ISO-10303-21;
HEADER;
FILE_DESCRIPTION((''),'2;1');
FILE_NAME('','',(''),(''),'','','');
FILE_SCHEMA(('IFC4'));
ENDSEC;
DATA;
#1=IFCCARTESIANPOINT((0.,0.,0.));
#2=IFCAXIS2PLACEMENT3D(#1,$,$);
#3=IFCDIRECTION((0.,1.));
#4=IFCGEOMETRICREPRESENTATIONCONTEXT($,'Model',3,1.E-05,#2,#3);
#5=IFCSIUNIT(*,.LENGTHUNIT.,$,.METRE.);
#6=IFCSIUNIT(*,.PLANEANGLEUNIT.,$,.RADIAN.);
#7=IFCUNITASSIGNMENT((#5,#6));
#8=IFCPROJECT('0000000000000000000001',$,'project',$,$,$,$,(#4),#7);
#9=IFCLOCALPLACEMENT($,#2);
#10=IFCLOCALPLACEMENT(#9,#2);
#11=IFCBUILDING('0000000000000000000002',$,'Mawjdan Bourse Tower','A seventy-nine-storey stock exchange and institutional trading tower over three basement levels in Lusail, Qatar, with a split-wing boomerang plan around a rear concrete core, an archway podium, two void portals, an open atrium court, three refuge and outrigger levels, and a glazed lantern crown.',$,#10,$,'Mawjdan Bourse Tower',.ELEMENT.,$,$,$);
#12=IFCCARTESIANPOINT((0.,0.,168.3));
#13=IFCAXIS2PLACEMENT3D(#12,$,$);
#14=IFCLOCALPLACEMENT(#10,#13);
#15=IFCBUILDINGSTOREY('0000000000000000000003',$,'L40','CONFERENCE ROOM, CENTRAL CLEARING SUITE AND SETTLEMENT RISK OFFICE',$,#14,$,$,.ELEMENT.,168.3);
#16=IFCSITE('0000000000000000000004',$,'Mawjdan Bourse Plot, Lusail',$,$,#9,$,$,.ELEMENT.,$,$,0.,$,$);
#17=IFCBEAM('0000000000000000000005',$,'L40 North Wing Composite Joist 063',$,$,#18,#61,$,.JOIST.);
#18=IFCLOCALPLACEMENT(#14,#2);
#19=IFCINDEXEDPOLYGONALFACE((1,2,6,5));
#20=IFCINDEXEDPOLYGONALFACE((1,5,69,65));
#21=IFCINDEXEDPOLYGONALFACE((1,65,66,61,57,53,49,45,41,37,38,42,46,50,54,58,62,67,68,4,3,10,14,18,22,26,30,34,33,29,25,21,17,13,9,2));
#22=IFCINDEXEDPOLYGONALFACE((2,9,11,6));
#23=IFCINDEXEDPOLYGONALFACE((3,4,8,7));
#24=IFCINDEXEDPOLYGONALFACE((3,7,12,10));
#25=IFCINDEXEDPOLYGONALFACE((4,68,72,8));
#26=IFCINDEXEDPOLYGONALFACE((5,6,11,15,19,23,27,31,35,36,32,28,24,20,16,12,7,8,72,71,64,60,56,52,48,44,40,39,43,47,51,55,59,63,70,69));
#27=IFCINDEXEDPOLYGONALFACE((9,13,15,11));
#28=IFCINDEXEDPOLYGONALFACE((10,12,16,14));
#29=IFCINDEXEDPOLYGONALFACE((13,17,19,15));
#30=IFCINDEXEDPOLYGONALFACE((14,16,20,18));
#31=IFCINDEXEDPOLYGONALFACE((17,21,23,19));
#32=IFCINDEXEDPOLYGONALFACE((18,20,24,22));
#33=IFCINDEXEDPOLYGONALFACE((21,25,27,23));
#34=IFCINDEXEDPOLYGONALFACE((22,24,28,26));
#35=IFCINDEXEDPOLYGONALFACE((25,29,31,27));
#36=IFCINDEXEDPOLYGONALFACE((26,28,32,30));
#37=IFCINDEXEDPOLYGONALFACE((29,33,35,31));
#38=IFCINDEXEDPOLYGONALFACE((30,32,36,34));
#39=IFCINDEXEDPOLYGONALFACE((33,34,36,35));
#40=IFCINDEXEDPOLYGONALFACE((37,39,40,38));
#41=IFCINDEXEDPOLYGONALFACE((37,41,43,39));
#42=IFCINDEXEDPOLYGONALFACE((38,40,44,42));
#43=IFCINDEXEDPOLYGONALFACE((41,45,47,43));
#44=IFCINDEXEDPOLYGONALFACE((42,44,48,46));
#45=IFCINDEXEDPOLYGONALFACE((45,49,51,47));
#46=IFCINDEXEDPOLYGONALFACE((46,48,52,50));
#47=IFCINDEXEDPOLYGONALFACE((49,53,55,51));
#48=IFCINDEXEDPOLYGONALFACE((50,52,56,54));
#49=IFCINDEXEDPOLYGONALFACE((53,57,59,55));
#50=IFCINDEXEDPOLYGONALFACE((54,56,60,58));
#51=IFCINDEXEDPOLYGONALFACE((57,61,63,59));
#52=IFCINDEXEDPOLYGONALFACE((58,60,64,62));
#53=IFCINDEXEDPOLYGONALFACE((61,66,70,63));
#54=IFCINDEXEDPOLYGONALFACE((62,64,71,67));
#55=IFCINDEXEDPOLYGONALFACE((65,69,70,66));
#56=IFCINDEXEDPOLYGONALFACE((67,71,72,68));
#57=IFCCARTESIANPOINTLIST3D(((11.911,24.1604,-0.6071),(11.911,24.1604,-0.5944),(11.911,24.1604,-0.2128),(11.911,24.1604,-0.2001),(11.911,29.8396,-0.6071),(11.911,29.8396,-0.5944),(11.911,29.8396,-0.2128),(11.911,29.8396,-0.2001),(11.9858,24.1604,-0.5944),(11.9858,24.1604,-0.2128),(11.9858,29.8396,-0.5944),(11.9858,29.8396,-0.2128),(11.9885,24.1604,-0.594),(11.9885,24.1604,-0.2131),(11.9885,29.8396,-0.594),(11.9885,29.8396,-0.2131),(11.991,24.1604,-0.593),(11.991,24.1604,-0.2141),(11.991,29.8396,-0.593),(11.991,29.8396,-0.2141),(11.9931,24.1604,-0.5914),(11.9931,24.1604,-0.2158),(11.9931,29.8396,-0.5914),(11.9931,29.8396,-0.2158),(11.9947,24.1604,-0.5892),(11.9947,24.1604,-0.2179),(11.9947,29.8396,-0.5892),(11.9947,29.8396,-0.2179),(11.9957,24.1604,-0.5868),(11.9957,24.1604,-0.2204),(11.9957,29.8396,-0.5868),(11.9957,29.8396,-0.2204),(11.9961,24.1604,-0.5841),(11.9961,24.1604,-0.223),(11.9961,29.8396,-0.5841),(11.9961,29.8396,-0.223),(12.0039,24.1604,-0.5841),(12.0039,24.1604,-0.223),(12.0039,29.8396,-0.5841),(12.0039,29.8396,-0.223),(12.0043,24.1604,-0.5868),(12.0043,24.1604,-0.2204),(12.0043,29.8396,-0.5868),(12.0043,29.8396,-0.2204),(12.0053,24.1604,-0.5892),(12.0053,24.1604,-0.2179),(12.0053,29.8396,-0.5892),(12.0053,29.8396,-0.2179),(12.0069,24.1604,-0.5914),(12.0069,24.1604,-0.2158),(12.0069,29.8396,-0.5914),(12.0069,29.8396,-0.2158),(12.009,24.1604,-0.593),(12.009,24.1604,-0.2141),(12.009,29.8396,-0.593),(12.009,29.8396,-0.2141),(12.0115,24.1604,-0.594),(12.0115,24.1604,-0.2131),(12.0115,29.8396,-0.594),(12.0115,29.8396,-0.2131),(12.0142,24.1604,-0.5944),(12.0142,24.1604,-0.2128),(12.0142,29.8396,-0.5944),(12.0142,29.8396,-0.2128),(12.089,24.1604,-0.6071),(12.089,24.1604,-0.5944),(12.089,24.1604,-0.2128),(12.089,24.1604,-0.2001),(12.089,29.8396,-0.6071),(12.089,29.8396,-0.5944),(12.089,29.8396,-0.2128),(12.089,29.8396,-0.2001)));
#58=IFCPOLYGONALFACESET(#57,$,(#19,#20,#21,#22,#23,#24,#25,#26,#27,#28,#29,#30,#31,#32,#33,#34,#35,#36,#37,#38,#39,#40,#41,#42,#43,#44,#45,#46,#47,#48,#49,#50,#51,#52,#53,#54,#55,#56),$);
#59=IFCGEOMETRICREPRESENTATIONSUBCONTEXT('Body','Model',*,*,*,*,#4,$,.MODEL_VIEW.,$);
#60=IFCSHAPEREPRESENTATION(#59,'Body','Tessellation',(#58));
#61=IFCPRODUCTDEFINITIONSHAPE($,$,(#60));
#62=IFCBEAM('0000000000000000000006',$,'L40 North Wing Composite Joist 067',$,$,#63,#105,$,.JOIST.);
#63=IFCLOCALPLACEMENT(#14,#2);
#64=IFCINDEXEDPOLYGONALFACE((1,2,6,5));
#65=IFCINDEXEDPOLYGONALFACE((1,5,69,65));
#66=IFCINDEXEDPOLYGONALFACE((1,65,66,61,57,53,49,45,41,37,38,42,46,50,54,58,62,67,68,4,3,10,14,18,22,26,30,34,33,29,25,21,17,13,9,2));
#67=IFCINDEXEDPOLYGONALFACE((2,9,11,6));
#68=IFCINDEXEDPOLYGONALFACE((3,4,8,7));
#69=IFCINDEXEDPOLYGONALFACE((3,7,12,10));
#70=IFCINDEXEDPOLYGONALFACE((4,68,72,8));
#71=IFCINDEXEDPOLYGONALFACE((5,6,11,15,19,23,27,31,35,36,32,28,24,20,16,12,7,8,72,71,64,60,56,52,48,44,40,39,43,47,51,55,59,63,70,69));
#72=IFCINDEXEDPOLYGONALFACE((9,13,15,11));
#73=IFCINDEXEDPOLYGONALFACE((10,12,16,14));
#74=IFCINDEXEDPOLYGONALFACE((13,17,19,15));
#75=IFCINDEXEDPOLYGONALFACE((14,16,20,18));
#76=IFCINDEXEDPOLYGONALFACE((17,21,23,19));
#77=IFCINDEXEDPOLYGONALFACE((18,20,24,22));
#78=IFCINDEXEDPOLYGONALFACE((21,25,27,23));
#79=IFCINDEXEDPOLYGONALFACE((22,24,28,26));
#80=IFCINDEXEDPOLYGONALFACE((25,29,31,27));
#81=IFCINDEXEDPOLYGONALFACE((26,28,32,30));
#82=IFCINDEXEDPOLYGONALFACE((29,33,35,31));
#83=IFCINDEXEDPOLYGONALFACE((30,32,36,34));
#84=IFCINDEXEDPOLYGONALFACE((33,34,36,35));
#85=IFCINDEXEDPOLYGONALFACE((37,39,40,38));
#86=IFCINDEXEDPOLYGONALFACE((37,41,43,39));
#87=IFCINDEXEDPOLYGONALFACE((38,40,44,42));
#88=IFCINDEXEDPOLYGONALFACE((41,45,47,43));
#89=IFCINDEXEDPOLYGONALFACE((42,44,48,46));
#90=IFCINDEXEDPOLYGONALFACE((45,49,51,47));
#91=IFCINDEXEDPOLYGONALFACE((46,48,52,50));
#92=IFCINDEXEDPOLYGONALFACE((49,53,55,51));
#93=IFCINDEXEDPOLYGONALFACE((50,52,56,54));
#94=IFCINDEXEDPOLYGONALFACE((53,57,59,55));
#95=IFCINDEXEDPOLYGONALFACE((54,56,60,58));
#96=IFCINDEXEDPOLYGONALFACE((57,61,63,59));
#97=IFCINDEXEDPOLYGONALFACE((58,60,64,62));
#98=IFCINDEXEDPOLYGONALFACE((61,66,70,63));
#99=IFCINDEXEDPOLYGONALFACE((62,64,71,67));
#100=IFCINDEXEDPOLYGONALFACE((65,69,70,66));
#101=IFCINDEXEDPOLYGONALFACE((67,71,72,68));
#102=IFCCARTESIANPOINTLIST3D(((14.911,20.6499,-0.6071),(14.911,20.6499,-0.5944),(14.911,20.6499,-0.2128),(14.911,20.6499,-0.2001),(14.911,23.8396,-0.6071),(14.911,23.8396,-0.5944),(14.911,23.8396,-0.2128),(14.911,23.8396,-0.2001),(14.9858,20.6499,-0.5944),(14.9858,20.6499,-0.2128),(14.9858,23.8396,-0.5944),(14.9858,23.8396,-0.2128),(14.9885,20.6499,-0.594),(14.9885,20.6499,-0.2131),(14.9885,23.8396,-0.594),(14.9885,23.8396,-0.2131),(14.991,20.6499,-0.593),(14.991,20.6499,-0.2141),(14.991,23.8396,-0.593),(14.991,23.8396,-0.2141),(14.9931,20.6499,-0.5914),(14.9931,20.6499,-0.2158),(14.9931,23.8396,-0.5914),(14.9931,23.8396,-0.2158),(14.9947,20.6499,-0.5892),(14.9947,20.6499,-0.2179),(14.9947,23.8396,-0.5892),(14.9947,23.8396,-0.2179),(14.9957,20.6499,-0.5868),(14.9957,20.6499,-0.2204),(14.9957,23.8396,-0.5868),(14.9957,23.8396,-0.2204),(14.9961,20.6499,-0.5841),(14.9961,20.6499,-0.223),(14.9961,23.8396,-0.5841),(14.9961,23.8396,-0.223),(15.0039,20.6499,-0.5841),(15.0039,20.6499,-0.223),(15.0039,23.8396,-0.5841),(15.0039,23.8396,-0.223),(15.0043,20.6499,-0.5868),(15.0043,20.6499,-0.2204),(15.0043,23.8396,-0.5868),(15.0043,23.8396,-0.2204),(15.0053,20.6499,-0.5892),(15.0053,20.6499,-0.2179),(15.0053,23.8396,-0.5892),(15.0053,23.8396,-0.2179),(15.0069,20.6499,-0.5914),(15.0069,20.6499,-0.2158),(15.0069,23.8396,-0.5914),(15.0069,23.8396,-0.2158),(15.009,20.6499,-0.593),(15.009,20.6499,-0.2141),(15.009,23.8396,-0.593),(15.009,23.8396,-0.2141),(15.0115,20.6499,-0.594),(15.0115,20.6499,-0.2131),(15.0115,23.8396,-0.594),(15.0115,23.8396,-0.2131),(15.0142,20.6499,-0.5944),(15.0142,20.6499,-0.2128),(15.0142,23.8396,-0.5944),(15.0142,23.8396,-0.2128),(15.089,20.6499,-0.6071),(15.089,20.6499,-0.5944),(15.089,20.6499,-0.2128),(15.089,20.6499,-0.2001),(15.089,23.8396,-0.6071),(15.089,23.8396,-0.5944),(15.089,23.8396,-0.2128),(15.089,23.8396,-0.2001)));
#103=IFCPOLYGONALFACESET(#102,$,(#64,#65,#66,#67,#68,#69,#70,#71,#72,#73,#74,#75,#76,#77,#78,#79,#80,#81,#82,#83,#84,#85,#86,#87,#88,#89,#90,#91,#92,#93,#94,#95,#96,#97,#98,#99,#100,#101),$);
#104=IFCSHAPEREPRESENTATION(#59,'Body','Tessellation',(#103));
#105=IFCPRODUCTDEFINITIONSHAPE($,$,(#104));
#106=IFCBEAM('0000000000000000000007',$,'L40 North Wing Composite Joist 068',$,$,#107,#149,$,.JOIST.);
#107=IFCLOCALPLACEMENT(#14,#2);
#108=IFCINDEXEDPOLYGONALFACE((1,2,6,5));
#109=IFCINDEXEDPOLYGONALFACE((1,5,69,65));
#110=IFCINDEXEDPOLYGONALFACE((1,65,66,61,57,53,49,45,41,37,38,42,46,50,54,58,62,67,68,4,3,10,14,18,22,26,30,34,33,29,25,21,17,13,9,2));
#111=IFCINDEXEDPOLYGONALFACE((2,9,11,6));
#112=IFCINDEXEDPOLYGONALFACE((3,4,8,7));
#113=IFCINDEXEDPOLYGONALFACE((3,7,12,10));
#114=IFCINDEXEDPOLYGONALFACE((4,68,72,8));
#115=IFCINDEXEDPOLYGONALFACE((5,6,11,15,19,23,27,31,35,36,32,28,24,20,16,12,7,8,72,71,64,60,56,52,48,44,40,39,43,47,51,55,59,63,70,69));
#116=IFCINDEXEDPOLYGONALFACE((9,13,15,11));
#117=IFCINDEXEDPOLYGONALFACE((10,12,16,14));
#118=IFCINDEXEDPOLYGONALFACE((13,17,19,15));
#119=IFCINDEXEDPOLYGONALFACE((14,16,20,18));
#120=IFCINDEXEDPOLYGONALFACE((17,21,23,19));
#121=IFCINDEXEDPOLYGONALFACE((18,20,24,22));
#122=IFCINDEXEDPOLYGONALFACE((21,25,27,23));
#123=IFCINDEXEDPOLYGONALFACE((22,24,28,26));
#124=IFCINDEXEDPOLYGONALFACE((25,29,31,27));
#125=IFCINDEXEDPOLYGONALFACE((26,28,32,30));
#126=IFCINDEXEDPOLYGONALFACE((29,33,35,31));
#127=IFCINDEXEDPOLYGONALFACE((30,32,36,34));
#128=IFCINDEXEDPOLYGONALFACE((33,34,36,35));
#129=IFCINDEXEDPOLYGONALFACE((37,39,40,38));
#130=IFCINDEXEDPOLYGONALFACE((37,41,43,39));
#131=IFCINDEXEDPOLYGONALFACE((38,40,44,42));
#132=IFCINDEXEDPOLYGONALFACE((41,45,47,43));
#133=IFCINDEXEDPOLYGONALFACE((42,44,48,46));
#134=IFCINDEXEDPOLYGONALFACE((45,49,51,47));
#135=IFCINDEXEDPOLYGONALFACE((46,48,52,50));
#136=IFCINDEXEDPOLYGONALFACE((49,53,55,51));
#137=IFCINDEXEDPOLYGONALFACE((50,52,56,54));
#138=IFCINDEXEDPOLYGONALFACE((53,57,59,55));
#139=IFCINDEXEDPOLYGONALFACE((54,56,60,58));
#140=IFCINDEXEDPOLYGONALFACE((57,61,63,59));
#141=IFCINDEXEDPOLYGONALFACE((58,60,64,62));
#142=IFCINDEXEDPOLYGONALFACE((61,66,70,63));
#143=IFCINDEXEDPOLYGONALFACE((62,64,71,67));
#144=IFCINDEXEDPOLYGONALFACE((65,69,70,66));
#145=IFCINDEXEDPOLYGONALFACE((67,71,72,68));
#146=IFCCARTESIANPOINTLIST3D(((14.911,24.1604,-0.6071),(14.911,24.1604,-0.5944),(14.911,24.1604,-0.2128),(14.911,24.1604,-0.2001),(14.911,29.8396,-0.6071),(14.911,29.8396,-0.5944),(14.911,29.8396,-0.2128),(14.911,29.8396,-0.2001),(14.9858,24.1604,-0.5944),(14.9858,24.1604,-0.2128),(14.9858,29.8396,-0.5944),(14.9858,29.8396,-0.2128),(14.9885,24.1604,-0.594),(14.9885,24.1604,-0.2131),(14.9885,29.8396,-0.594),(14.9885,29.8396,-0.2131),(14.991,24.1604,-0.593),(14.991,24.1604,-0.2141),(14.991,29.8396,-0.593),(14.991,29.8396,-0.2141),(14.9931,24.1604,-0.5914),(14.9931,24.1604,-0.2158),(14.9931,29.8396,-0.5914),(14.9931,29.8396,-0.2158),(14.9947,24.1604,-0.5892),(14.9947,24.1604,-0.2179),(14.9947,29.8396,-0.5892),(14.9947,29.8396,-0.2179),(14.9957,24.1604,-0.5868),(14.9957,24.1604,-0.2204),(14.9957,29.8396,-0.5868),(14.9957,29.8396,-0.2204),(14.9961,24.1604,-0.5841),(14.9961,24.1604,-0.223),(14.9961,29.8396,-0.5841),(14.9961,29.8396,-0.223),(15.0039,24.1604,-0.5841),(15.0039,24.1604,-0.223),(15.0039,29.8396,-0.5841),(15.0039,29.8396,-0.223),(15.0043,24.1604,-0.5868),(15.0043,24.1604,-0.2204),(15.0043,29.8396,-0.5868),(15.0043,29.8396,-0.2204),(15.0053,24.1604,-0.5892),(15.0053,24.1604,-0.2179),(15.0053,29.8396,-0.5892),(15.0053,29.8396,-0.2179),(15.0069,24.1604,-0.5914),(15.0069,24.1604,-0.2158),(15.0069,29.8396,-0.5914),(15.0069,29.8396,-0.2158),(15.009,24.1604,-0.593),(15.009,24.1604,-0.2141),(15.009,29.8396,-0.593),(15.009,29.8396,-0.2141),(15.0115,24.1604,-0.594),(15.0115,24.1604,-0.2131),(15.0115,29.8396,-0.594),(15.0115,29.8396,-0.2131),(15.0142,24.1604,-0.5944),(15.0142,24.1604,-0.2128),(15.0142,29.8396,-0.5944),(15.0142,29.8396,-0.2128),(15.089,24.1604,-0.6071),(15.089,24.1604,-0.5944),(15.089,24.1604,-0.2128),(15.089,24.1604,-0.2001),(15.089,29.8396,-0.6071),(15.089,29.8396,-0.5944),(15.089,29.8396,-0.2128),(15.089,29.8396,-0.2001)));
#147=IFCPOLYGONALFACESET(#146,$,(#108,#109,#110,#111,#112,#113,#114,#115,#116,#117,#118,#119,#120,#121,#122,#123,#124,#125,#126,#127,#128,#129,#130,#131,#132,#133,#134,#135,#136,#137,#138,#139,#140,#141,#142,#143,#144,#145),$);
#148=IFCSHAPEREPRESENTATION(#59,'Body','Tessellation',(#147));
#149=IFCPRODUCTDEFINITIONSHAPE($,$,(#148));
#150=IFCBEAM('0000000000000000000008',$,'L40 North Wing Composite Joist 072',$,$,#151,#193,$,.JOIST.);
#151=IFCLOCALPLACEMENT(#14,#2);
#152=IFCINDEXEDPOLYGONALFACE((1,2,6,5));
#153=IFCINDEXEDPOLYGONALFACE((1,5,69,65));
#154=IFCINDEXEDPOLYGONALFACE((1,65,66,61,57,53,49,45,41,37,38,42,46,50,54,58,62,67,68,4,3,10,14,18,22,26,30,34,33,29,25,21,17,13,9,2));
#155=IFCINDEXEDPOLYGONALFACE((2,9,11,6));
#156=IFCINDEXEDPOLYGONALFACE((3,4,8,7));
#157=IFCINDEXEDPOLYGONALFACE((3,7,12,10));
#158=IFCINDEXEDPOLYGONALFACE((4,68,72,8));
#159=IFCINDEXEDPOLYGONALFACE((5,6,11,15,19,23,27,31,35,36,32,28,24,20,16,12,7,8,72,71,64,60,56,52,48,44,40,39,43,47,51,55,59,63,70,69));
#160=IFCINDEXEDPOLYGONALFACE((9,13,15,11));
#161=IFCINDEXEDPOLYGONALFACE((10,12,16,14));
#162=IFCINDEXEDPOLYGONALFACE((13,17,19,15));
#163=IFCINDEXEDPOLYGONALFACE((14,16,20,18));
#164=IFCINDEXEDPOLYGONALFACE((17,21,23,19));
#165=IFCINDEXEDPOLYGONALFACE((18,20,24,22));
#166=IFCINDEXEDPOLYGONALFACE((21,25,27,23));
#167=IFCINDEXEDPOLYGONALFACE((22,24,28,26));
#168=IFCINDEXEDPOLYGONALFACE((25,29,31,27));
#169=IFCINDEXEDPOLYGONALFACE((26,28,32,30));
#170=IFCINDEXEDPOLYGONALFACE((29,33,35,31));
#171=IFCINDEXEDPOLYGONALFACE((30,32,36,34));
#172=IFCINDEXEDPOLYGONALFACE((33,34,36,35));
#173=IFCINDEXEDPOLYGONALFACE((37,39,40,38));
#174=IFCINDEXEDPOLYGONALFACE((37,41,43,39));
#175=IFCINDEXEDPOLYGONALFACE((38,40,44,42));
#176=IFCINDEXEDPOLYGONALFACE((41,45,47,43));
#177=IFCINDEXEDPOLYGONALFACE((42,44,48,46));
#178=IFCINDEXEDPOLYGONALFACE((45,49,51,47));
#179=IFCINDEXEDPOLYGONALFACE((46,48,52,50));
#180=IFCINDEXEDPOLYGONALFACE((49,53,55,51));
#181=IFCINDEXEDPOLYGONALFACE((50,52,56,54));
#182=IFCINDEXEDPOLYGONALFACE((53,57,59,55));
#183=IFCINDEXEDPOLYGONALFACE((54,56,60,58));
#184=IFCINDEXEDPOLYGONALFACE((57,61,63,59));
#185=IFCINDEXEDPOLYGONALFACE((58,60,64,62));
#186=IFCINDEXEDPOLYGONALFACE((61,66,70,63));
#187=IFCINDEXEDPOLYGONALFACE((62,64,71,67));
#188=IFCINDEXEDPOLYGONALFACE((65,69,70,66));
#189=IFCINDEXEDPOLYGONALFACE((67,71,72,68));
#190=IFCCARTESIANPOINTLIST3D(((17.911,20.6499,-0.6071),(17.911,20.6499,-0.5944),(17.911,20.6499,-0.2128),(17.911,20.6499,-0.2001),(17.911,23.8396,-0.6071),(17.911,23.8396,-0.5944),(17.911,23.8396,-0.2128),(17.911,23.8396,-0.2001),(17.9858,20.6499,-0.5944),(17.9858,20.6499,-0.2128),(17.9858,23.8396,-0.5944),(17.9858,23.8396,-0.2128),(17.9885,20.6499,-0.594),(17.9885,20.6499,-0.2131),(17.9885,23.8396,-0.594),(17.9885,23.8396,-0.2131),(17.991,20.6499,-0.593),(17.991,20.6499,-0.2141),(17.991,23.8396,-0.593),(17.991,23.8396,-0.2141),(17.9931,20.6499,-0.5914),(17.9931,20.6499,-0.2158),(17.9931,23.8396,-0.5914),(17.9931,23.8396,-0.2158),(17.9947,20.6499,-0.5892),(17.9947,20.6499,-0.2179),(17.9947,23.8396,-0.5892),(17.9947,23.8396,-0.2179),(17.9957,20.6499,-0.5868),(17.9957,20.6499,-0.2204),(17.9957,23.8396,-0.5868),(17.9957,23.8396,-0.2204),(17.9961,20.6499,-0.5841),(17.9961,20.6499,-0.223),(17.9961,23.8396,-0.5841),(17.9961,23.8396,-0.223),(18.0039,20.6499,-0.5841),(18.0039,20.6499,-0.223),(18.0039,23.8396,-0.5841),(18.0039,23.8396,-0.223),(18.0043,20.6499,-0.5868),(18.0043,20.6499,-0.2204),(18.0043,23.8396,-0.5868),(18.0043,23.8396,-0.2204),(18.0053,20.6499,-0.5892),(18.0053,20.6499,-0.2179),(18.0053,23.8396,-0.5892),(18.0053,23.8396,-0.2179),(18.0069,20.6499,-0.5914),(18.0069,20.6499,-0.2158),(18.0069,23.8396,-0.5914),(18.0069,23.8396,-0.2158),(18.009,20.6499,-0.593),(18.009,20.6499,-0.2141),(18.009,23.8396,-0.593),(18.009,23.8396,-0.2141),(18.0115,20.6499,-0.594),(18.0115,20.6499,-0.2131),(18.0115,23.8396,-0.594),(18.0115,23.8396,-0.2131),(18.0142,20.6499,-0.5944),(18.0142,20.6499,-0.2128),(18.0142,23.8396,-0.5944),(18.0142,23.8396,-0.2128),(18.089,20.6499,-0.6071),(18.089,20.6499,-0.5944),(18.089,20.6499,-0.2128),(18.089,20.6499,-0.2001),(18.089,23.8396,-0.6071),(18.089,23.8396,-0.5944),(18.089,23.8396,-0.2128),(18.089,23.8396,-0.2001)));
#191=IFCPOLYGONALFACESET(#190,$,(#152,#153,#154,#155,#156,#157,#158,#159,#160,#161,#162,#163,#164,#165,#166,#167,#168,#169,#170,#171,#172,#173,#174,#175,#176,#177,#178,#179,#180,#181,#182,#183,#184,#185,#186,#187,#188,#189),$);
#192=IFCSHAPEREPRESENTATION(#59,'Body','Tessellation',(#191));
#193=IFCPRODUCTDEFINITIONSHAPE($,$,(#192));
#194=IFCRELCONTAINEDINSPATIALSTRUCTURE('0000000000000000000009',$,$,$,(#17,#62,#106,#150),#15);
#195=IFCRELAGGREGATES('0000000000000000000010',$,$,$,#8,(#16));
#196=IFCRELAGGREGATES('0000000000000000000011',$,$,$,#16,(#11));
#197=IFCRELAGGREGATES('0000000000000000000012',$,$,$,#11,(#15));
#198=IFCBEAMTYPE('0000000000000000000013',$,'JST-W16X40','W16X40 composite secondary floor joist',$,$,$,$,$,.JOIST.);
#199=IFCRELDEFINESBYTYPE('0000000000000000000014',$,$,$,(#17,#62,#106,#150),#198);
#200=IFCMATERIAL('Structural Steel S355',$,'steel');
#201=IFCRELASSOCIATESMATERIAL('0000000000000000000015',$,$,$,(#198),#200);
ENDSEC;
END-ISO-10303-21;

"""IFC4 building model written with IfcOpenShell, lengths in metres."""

from ifc_helpers import new_model, si_unit, direction, frame, origin, origin_2d, place, context, subcontext, project, spatial, i_section, extrude, material, material_profile, profile_set, type_object, element, save


model = new_model("IFC4")

# Units and contexts
model_context = context("Model", 3, precision=1e-05, world=origin(), true_north=direction((0.0, 1.0)))
body_context = subcontext(model_context, "Body", "Model", "MODEL_VIEW")
ifc_project = project(units=[si_unit("LENGTHUNIT", "METRE"), si_unit("PLANEANGLEUNIT", "RADIAN")], contexts=[model_context])

# Site, building, storey
site_placement = place(None, origin())
site = spatial("IfcSite", under=ifc_project, at=site_placement, Name="Mawjdan Bourse Plot, Lusail", CompositionType="ELEMENT", RefElevation=0.0)
building_placement = place(site_placement, origin())
building = spatial("IfcBuilding", under=site, at=building_placement, Name="Mawjdan Bourse Tower", Description="A seventy-nine-storey stock exchange and institutional trading tower over three basement levels in Lusail, Qatar, with a split-wing boomerang plan around a rear concrete core, an archway podium, two void portals, an open atrium court, three refuge and outrigger levels, and a glazed lantern crown.", LongName="Mawjdan Bourse Tower", CompositionType="ELEMENT")
storey_placement = place(building_placement, frame((0.0, 0.0, 168.3)))
storey = spatial("IfcBuildingStorey", under=building, at=storey_placement, Name="L40", Description="CONFERENCE ROOM, CENTRAL CLEARING SUITE AND SETTLEMENT RISK OFFICE", CompositionType="ELEMENT", Elevation=168.3)

# Beams
ifc_material_1 = material(Name="Structural Steel S355", Category="steel")
ifc_material_profile_1 = material_profile(ifc_material_1, i_section(OverallWidth=0.178, OverallDepth=0.407, WebThickness=0.0078, FlangeThickness=0.0127, FilletRadius=0.0103, at=origin_2d()), Name="W16X40")
ifc_profile_set_1 = profile_set([ifc_material_profile_1], Name="Structural Steel S355")
beam_type_1 = type_object("IfcBeamType", Name="JST-W16X40", Description="W16X40 composite secondary floor joist", PredefinedType="JOIST", material=ifc_profile_set_1)
beam_1_placement = place(storey_placement, frame((12.0, 24.1604, -0.4036), z_axis=(0.0, 1.0, 0.0), x_axis=(-1.0, 0.0, 0.0)))
element("IfcBeam", 1, at=beam_1_placement, inside=storey, type_object=beam_type_1, Name="L40 North Wing Composite Joist 063", PredefinedType="JOIST", context=body_context, shape_type="SweptSolid", body=[
    extrude(i_section(OverallWidth=0.178, OverallDepth=0.407, WebThickness=0.0078, FlangeThickness=0.0127, FilletRadius=0.0103, at=origin_2d()), origin(), (0.0, 0.0, 1.0), 5.6792),
])
beam_2_placement = place(storey_placement, frame((15.0, 20.6499, -0.4036), z_axis=(0.0, 1.0, 0.0), x_axis=(-1.0, 0.0, 0.0)))
element("IfcBeam", 2, at=beam_2_placement, inside=storey, type_object=beam_type_1, Name="L40 North Wing Composite Joist 067", PredefinedType="JOIST", context=body_context, shape_type="SweptSolid", body=[
    extrude(i_section(OverallWidth=0.178, OverallDepth=0.407, WebThickness=0.0078, FlangeThickness=0.0127, FilletRadius=0.0103, at=origin_2d()), origin(), (0.0, 0.0, 1.0), 3.1897),
])
beam_3_placement = place(storey_placement, frame((15.0, 24.1604, -0.4036), z_axis=(0.0, 1.0, 0.0), x_axis=(-1.0, 0.0, 0.0)))
element("IfcBeam", 3, at=beam_3_placement, inside=storey, type_object=beam_type_1, Name="L40 North Wing Composite Joist 068", PredefinedType="JOIST", context=body_context, shape_type="SweptSolid", body=[
    extrude(i_section(OverallWidth=0.178, OverallDepth=0.407, WebThickness=0.0078, FlangeThickness=0.0127, FilletRadius=0.0103, at=origin_2d()), origin(), (0.0, 0.0, 1.0), 5.6792),
])
beam_4_placement = place(storey_placement, frame((18.0, 20.6499, -0.4036), z_axis=(0.0, 1.0, 0.0), x_axis=(-1.0, 0.0, 0.0)))
element("IfcBeam", 4, at=beam_4_placement, inside=storey, type_object=beam_type_1, Name="L40 North Wing Composite Joist 072", PredefinedType="JOIST", context=body_context, shape_type="SweptSolid", body=[
    extrude(i_section(OverallWidth=0.178, OverallDepth=0.407, WebThickness=0.0078, FlangeThickness=0.0127, FilletRadius=0.0103, at=origin_2d()), origin(), (0.0, 0.0, 1.0), 3.1897),
])

save(model, "model.ifc")
